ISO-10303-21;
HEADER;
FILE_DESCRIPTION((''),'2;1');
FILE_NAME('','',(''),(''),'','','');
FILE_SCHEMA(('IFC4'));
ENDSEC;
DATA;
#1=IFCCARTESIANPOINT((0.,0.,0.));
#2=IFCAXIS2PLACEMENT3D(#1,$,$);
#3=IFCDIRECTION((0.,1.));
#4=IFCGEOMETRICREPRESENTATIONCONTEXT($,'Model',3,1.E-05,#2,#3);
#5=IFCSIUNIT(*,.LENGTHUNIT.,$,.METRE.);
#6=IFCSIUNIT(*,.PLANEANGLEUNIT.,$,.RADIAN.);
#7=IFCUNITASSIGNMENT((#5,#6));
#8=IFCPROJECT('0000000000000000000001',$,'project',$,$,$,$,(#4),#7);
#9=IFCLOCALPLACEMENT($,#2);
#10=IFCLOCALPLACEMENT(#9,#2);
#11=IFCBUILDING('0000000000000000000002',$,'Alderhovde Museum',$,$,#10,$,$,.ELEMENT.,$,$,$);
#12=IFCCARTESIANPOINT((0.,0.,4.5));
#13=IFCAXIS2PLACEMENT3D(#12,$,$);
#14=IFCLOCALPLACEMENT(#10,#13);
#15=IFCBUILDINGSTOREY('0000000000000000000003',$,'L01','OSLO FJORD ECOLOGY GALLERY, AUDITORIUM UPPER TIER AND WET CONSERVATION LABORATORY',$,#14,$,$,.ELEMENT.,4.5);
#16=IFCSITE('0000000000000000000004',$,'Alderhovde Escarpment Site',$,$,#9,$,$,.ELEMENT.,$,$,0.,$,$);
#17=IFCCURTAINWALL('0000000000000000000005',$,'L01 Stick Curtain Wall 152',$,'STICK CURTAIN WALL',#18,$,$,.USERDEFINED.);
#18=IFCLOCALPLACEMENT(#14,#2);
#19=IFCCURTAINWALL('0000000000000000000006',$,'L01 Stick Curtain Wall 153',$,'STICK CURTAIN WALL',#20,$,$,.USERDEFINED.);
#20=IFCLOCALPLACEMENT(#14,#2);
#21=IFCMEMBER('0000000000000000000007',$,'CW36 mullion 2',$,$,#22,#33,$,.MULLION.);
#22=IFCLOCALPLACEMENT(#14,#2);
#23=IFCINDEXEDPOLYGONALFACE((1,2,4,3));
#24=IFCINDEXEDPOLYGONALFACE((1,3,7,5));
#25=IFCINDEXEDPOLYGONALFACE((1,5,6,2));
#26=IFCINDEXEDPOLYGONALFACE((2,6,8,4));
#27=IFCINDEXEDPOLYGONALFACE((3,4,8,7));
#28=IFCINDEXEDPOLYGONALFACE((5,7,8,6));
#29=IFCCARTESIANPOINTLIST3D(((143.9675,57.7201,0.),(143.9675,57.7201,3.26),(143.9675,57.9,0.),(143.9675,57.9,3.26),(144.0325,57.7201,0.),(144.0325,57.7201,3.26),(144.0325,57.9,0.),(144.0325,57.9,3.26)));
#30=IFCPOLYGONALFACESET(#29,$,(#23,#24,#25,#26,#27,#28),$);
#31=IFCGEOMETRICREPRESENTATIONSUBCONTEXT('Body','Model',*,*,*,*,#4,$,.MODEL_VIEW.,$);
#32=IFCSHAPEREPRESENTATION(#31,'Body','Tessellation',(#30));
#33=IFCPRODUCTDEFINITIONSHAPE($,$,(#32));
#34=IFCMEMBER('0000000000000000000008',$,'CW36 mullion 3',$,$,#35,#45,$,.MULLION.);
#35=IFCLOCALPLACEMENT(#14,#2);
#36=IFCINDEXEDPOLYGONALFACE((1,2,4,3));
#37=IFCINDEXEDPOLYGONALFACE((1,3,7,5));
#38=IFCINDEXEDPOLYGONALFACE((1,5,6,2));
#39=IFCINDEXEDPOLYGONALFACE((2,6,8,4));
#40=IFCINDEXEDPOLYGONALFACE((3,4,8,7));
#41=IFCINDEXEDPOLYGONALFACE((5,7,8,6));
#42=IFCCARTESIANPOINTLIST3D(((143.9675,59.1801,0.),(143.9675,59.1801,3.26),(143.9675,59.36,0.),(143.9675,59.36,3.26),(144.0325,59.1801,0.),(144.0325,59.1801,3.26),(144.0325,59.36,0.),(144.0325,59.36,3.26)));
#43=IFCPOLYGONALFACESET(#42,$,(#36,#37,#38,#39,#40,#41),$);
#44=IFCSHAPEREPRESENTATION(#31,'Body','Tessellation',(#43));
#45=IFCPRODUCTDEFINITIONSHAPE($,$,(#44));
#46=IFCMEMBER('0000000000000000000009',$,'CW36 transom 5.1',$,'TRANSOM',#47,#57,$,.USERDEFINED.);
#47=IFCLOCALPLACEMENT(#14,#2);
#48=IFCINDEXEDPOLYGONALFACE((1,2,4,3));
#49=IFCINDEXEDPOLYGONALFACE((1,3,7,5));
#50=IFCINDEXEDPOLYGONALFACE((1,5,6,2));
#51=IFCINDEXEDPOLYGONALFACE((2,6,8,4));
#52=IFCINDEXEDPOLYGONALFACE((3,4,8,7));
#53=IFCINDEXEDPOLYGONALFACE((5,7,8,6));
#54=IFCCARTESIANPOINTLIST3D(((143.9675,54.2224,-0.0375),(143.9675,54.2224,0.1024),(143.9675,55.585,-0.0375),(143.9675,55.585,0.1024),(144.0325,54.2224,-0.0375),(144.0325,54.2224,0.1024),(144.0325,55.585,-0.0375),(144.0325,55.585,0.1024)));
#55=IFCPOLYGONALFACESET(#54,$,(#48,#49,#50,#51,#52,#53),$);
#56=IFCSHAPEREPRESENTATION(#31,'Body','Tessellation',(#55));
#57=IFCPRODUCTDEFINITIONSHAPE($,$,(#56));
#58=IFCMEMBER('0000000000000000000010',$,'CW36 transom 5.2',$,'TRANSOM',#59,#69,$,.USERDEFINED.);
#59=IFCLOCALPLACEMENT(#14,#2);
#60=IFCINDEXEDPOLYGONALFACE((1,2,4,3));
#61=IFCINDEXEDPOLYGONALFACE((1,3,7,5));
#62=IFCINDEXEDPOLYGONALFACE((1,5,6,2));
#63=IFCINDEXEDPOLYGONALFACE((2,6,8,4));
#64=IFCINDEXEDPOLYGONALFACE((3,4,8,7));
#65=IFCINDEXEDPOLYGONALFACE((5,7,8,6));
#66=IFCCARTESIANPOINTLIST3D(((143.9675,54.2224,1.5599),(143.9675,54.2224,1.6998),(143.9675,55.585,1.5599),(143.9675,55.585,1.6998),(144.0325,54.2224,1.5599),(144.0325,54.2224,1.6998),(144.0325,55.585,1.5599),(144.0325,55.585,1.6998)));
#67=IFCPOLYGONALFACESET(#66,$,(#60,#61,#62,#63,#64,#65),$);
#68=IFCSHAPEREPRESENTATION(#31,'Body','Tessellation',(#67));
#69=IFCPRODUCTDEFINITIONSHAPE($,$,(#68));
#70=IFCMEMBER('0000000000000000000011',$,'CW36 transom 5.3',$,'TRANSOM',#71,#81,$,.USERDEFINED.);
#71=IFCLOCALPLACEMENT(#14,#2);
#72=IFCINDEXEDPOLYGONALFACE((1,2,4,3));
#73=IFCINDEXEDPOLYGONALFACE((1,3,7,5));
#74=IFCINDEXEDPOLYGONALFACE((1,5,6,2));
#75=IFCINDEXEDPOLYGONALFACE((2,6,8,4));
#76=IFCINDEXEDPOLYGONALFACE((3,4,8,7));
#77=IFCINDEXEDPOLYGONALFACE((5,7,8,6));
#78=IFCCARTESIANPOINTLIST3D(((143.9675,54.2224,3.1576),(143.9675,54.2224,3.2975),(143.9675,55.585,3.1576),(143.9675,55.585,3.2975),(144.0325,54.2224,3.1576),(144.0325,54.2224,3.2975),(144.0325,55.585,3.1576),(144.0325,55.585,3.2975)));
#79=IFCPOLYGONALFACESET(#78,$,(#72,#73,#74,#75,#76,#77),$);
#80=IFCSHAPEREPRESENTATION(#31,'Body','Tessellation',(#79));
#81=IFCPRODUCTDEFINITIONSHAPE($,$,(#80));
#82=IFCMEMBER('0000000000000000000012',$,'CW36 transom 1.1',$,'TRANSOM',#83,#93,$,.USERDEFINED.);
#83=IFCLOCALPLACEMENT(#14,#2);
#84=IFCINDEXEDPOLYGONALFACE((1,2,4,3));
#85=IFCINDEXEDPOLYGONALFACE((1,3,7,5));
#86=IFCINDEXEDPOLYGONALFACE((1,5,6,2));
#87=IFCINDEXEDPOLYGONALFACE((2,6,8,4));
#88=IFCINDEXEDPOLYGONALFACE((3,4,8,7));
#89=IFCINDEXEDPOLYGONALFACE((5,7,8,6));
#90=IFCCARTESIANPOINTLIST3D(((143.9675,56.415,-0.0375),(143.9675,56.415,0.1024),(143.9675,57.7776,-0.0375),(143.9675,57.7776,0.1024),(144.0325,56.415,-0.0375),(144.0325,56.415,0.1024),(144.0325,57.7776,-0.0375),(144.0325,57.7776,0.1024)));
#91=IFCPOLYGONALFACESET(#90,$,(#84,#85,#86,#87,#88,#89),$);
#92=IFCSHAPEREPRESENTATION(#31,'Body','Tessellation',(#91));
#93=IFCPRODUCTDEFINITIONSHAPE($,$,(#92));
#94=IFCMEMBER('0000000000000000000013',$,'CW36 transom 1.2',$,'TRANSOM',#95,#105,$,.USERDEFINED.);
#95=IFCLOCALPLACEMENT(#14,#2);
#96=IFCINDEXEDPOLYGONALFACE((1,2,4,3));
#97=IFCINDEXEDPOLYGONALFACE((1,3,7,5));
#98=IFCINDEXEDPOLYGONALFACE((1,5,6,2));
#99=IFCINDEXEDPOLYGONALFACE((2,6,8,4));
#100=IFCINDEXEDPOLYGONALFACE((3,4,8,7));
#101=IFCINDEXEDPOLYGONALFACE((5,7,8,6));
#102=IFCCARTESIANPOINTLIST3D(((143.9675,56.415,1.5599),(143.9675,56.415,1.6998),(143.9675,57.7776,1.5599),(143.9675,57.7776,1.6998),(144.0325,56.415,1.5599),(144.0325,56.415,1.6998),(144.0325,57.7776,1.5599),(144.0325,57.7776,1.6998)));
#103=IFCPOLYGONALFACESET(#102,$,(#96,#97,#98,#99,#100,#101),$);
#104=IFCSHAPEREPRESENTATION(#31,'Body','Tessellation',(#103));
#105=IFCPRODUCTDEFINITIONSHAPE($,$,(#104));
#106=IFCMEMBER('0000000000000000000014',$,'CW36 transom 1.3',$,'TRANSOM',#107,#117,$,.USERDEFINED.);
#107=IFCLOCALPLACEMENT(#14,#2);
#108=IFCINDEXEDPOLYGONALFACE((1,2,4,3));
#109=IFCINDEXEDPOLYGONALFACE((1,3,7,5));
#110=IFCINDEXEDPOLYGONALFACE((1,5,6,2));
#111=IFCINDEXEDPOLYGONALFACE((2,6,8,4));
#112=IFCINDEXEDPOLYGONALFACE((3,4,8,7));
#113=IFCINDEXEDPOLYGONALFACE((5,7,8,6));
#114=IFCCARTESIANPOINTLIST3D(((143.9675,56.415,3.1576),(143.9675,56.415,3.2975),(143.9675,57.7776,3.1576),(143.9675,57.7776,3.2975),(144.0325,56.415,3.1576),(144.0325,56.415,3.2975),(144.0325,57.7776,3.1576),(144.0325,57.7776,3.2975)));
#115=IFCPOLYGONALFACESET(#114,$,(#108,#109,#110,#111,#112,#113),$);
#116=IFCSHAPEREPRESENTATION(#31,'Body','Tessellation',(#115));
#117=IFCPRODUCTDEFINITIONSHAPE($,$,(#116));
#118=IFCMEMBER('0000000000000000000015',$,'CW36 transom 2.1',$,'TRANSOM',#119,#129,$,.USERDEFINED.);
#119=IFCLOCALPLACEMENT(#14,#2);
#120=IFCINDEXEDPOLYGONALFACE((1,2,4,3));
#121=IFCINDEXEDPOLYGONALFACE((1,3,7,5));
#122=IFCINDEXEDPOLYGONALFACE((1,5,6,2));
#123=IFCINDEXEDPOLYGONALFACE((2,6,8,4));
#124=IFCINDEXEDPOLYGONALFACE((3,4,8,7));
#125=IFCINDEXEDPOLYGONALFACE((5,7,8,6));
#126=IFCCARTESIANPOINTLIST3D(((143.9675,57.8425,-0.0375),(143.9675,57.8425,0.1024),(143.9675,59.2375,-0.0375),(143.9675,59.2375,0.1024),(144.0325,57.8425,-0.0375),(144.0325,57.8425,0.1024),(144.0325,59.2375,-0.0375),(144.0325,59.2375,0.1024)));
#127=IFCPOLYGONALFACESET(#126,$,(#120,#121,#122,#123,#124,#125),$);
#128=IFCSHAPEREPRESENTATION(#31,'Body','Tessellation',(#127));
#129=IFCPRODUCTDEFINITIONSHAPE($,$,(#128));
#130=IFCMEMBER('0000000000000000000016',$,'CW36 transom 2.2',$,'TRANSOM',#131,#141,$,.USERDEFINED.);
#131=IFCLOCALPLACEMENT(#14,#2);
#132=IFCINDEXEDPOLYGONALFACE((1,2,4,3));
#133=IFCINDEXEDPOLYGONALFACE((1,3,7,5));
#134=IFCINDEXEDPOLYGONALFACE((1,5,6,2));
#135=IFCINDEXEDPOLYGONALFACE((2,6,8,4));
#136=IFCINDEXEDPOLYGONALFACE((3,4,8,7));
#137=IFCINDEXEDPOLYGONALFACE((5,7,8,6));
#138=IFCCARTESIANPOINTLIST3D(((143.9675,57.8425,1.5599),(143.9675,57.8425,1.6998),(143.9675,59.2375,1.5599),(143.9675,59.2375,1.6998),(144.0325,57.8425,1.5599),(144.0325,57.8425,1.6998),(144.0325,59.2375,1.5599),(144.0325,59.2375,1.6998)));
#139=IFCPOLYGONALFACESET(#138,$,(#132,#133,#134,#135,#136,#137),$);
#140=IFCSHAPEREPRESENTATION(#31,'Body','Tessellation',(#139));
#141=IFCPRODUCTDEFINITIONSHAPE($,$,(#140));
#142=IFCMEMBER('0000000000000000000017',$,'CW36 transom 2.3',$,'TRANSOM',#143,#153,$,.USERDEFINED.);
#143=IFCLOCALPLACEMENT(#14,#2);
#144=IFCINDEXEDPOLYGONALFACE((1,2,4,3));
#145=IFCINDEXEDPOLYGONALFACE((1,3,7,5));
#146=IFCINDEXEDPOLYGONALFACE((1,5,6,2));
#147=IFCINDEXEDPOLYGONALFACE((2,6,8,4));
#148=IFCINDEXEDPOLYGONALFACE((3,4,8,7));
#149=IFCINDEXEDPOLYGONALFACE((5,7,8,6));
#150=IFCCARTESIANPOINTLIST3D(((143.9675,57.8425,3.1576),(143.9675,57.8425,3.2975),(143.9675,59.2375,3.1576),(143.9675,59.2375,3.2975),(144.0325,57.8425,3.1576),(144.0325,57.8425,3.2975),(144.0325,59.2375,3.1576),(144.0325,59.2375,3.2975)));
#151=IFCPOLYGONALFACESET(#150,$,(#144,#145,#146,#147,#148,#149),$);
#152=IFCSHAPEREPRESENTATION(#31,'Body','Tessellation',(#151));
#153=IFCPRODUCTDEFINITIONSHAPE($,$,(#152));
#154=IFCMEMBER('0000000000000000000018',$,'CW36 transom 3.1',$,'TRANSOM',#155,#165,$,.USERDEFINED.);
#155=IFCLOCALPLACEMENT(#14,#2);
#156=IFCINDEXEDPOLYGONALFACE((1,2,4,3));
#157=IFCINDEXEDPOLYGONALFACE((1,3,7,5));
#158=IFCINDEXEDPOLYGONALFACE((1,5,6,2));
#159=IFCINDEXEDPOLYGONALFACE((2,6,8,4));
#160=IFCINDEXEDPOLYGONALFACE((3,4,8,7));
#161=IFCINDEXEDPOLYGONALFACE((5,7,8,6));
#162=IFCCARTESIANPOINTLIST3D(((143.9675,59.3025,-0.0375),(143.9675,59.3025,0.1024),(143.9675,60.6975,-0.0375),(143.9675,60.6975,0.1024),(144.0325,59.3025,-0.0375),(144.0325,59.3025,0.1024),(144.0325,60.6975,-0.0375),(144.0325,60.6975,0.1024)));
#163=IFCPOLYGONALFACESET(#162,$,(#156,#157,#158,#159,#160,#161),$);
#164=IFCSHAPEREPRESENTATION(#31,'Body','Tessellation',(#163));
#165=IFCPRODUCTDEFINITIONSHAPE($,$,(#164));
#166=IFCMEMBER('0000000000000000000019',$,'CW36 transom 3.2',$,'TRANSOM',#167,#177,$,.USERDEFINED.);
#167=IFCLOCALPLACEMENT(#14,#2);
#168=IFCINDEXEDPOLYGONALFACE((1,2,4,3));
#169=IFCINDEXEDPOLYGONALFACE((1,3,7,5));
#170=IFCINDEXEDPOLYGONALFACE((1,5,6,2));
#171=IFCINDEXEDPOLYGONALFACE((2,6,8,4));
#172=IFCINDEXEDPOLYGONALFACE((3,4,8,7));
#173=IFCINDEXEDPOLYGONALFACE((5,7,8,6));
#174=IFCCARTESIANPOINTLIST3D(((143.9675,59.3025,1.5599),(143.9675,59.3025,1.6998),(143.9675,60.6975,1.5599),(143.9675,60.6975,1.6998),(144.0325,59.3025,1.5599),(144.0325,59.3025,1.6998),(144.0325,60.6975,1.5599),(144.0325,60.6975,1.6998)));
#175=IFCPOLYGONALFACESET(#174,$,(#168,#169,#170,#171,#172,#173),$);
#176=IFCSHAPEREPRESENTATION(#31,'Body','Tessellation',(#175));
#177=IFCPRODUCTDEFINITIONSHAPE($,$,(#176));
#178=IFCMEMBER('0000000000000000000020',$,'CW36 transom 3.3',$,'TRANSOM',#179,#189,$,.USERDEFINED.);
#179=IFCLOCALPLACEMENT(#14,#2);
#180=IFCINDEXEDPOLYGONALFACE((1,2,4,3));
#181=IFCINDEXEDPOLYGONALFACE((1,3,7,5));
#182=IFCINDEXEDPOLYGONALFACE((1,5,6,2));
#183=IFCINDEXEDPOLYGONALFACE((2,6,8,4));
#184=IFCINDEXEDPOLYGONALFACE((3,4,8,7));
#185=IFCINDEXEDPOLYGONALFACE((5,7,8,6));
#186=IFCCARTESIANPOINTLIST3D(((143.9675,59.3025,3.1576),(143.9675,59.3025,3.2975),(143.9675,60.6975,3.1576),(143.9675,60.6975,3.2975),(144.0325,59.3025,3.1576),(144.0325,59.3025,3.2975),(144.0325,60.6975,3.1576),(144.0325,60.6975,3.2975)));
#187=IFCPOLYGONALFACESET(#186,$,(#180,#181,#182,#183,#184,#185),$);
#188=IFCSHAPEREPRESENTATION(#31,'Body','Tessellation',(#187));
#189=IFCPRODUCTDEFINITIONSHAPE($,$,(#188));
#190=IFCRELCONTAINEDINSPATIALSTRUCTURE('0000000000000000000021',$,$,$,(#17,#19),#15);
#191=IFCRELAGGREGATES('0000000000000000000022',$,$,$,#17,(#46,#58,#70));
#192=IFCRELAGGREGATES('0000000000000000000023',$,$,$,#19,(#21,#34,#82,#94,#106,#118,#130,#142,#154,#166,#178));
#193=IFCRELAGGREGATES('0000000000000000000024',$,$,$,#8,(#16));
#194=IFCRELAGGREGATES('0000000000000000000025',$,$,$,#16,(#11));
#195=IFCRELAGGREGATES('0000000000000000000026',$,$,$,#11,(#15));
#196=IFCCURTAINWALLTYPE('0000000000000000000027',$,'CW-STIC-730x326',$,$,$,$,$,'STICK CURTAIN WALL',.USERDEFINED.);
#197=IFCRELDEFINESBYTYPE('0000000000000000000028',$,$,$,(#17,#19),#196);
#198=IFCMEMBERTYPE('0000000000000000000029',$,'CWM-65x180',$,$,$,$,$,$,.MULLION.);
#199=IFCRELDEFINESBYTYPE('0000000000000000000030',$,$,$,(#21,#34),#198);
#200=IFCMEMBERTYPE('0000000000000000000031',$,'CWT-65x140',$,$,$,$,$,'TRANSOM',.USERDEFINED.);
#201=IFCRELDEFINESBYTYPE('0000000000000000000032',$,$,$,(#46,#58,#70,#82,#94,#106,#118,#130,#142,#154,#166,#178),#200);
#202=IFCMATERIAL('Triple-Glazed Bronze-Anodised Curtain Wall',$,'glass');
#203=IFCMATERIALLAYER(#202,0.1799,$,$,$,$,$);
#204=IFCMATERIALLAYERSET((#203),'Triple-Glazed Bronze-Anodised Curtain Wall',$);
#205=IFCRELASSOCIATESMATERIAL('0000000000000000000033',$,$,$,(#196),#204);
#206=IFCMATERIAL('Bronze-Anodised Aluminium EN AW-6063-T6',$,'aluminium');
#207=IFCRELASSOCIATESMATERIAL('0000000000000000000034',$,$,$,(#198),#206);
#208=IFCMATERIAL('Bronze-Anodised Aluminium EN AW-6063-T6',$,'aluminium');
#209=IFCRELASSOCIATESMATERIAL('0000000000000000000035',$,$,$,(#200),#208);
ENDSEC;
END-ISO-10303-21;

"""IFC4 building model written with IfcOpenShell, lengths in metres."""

from ifc_helpers import new_model, si_unit, direction, frame, origin, origin_2d, place, context, subcontext, project, spatial, rectangle, extrude, material, layer, layer_set, material_profile, profile_set, type_object, element, aggregate, save


model = new_model("IFC4")

# Units and contexts
model_context = context("Model", 3, precision=1e-05, world=origin(), true_north=direction((0.0, 1.0)))
body_context = subcontext(model_context, "Body", "Model", "MODEL_VIEW")
ifc_project = project(units=[si_unit("LENGTHUNIT", "METRE"), si_unit("PLANEANGLEUNIT", "RADIAN")], contexts=[model_context])

# Site, building, storey
site_placement = place(None, origin())
site = spatial("IfcSite", under=ifc_project, at=site_placement, Name="Alderhovde Escarpment Site", CompositionType="ELEMENT", RefElevation=0.0)
building_placement = place(site_placement, origin())
building = spatial("IfcBuilding", under=site, at=building_placement, Name="Alderhovde Museum", CompositionType="ELEMENT")
storey_placement = place(building_placement, frame((0.0, 0.0, 4.5)))
storey = spatial("IfcBuildingStorey", under=building, at=storey_placement, Name="L01", Description="OSLO FJORD ECOLOGY GALLERY, AUDITORIUM UPPER TIER AND WET CONSERVATION LABORATORY", CompositionType="ELEMENT", Elevation=4.5)

# Curtain walls, members
ifc_material_1 = material(Name="Triple-Glazed Bronze-Anodised Curtain Wall", Category="glass")
ifc_layer_1 = layer(ifc_material_1, 0.1799)
ifc_layer_set_1 = layer_set([ifc_layer_1], Name="Triple-Glazed Bronze-Anodised Curtain Wall")
curtain_wall_type = type_object("IfcCurtainWallType", Name="CW-STIC-730x326", ElementType="STICK CURTAIN WALL", PredefinedType="USERDEFINED", material=ifc_layer_set_1)
curtain_wall_1_placement = place(storey_placement, origin())
curtain_wall_1 = element("IfcCurtainWall", 1, at=curtain_wall_1_placement, inside=storey, type_object=curtain_wall_type, Name="L01 Stick Curtain Wall 152", ObjectType="STICK CURTAIN WALL", PredefinedType="USERDEFINED")
ifc_material_2 = material(Name="Bronze-Anodised Aluminium EN AW-6063-T6", Category="aluminium")
ifc_material_profile_1 = material_profile(ifc_material_2, rectangle(XDim=0.0649, YDim=0.1799, at=origin_2d()), Name="MULLION 65x180")
ifc_profile_set_1 = profile_set([ifc_material_profile_1], Name="Bronze-Anodised Aluminium EN AW-6063-T6")
member_type_1 = type_object("IfcMemberType", Name="CWM-65x180", PredefinedType="MULLION", material=ifc_profile_set_1)
curtain_wall_2_placement = place(storey_placement, origin())
curtain_wall_2 = element("IfcCurtainWall", 2, at=curtain_wall_2_placement, inside=storey, type_object=curtain_wall_type, Name="L01 Stick Curtain Wall 153", ObjectType="STICK CURTAIN WALL", PredefinedType="USERDEFINED")
member_1_placement = place(storey_placement, frame((144.0, 57.8101, 0.0), z_axis=(0.0, 0.0, 1.0), x_axis=(-1.0, 0.0, 0.0)))
member_1 = element("IfcMember", 3, at=member_1_placement, type_object=member_type_1, Name="CW36 mullion 2", PredefinedType="MULLION", context=body_context, shape_type="SweptSolid", body=[
    extrude(rectangle(XDim=0.0649, YDim=0.1799, at=origin_2d()), origin(), (0.0, 0.0, 1.0), 3.26),
])
member_2_placement = place(storey_placement, frame((144.0, 59.27, 0.0), z_axis=(0.0, 0.0, 1.0), x_axis=(-1.0, 0.0, 0.0)))
member_2 = element("IfcMember", 4, at=member_2_placement, type_object=member_type_1, Name="CW36 mullion 3", PredefinedType="MULLION", context=body_context, shape_type="SweptSolid", body=[
    extrude(rectangle(XDim=0.0649, YDim=0.1799, at=origin_2d()), origin(), (0.0, 0.0, 1.0), 3.26),
])

# Members
ifc_material_3 = material(Name="Bronze-Anodised Aluminium EN AW-6063-T6", Category="aluminium")
ifc_material_profile_2 = material_profile(ifc_material_3, rectangle(XDim=0.0649, YDim=0.1399, at=origin_2d()), Name="TRANSOM 65x140")
ifc_profile_set_2 = profile_set([ifc_material_profile_2], Name="Bronze-Anodised Aluminium EN AW-6063-T6")
member_type_2 = type_object("IfcMemberType", Name="CWT-65x140", ElementType="TRANSOM", PredefinedType="USERDEFINED", material=ifc_profile_set_2)
member_3_placement = place(storey_placement, frame((144.0, 54.2224, 0.0325), z_axis=(0.0, 1.0, 0.0), x_axis=(-1.0, 0.0, 0.0)))
member_3 = element("IfcMember", 5, at=member_3_placement, type_object=member_type_2, Name="CW36 transom 5.1", ObjectType="TRANSOM", PredefinedType="USERDEFINED", context=body_context, shape_type="SweptSolid", body=[
    extrude(rectangle(XDim=0.0649, YDim=0.1399, at=origin_2d()), origin(), (0.0, 0.0, 1.0), 1.3625),
])
member_4_placement = place(storey_placement, frame((144.0, 54.2224, 1.6299), z_axis=(0.0, 1.0, 0.0), x_axis=(-1.0, 0.0, 0.0)))
member_4 = element("IfcMember", 6, at=member_4_placement, type_object=member_type_2, Name="CW36 transom 5.2", ObjectType="TRANSOM", PredefinedType="USERDEFINED", context=body_context, shape_type="SweptSolid", body=[
    extrude(rectangle(XDim=0.0649, YDim=0.1399, at=origin_2d()), origin(), (0.0, 0.0, 1.0), 1.3625),
])
member_5_placement = place(storey_placement, frame((144.0, 54.2224, 3.2275), z_axis=(0.0, 1.0, 0.0), x_axis=(-1.0, 0.0, 0.0)))
member_5 = element("IfcMember", 7, at=member_5_placement, type_object=member_type_2, Name="CW36 transom 5.3", ObjectType="TRANSOM", PredefinedType="USERDEFINED", context=body_context, shape_type="SweptSolid", body=[
    extrude(rectangle(XDim=0.0649, YDim=0.1399, at=origin_2d()), origin(), (0.0, 0.0, 1.0), 1.3625),
])
member_6_placement = place(storey_placement, frame((144.0, 56.415, 0.0325), z_axis=(0.0, 1.0, 0.0), x_axis=(-1.0, 0.0, 0.0)))
member_6 = element("IfcMember", 8, at=member_6_placement, type_object=member_type_2, Name="CW36 transom 1.1", ObjectType="TRANSOM", PredefinedType="USERDEFINED", context=body_context, shape_type="SweptSolid", body=[
    extrude(rectangle(XDim=0.0649, YDim=0.1399, at=origin_2d()), origin(), (0.0, 0.0, 1.0), 1.3625),
])
member_7_placement = place(storey_placement, frame((144.0, 56.415, 1.6299), z_axis=(0.0, 1.0, 0.0), x_axis=(-1.0, 0.0, 0.0)))
member_7 = element("IfcMember", 9, at=member_7_placement, type_object=member_type_2, Name="CW36 transom 1.2", ObjectType="TRANSOM", PredefinedType="USERDEFINED", context=body_context, shape_type="SweptSolid", body=[
    extrude(rectangle(XDim=0.0649, YDim=0.1399, at=origin_2d()), origin(), (0.0, 0.0, 1.0), 1.3625),
])
member_8_placement = place(storey_placement, frame((144.0, 56.415, 3.2275), z_axis=(0.0, 1.0, 0.0), x_axis=(-1.0, 0.0, 0.0)))
member_8 = element("IfcMember", 10, at=member_8_placement, type_object=member_type_2, Name="CW36 transom 1.3", ObjectType="TRANSOM", PredefinedType="USERDEFINED", context=body_context, shape_type="SweptSolid", body=[
    extrude(rectangle(XDim=0.0649, YDim=0.1399, at=origin_2d()), origin(), (0.0, 0.0, 1.0), 1.3625),
])
member_9_placement = place(storey_placement, frame((144.0, 57.8425, 0.0325), z_axis=(0.0, 1.0, 0.0), x_axis=(-1.0, 0.0, 0.0)))
member_9 = element("IfcMember", 11, at=member_9_placement, type_object=member_type_2, Name="CW36 transom 2.1", ObjectType="TRANSOM", PredefinedType="USERDEFINED", context=body_context, shape_type="SweptSolid", body=[
    extrude(rectangle(XDim=0.0649, YDim=0.1399, at=origin_2d()), origin(), (0.0, 0.0, 1.0), 1.395),
])
member_10_placement = place(storey_placement, frame((144.0, 57.8425, 1.6299), z_axis=(0.0, 1.0, 0.0), x_axis=(-1.0, 0.0, 0.0)))
member_10 = element("IfcMember", 12, at=member_10_placement, type_object=member_type_2, Name="CW36 transom 2.2", ObjectType="TRANSOM", PredefinedType="USERDEFINED", context=body_context, shape_type="SweptSolid", body=[
    extrude(rectangle(XDim=0.0649, YDim=0.1399, at=origin_2d()), origin(), (0.0, 0.0, 1.0), 1.395),
])
member_11_placement = place(storey_placement, frame((144.0, 57.8425, 3.2275), z_axis=(0.0, 1.0, 0.0), x_axis=(-1.0, 0.0, 0.0)))
member_11 = element("IfcMember", 13, at=member_11_placement, type_object=member_type_2, Name="CW36 transom 2.3", ObjectType="TRANSOM", PredefinedType="USERDEFINED", context=body_context, shape_type="SweptSolid", body=[
    extrude(rectangle(XDim=0.0649, YDim=0.1399, at=origin_2d()), origin(), (0.0, 0.0, 1.0), 1.395),
])
member_12_placement = place(storey_placement, frame((144.0, 59.3025, 0.0325), z_axis=(0.0, 1.0, 0.0), x_axis=(-1.0, 0.0, 0.0)))
member_12 = element("IfcMember", 14, at=member_12_placement, type_object=member_type_2, Name="CW36 transom 3.1", ObjectType="TRANSOM", PredefinedType="USERDEFINED", context=body_context, shape_type="SweptSolid", body=[
    extrude(rectangle(XDim=0.0649, YDim=0.1399, at=origin_2d()), origin(), (0.0, 0.0, 1.0), 1.395),
])
member_13_placement = place(storey_placement, frame((144.0, 59.3025, 1.6299), z_axis=(0.0, 1.0, 0.0), x_axis=(-1.0, 0.0, 0.0)))
member_13 = element("IfcMember", 15, at=member_13_placement, type_object=member_type_2, Name="CW36 transom 3.2", ObjectType="TRANSOM", PredefinedType="USERDEFINED", context=body_context, shape_type="SweptSolid", body=[
    extrude(rectangle(XDim=0.0649, YDim=0.1399, at=origin_2d()), origin(), (0.0, 0.0, 1.0), 1.395),
])
member_14_placement = place(storey_placement, frame((144.0, 59.3025, 3.2275), z_axis=(0.0, 1.0, 0.0), x_axis=(-1.0, 0.0, 0.0)))
member_14 = element("IfcMember", 16, at=member_14_placement, type_object=member_type_2, Name="CW36 transom 3.3", ObjectType="TRANSOM", PredefinedType="USERDEFINED", context=body_context, shape_type="SweptSolid", body=[
    extrude(rectangle(XDim=0.0649, YDim=0.1399, at=origin_2d()), origin(), (0.0, 0.0, 1.0), 1.395),
])

aggregate(curtain_wall_1, [member_3, member_4, member_5])
aggregate(curtain_wall_2, [member_1, member_2, member_6, member_7, member_8, member_9, member_10, member_11, member_12, member_13, member_14])

save(model, "model.ifc")
